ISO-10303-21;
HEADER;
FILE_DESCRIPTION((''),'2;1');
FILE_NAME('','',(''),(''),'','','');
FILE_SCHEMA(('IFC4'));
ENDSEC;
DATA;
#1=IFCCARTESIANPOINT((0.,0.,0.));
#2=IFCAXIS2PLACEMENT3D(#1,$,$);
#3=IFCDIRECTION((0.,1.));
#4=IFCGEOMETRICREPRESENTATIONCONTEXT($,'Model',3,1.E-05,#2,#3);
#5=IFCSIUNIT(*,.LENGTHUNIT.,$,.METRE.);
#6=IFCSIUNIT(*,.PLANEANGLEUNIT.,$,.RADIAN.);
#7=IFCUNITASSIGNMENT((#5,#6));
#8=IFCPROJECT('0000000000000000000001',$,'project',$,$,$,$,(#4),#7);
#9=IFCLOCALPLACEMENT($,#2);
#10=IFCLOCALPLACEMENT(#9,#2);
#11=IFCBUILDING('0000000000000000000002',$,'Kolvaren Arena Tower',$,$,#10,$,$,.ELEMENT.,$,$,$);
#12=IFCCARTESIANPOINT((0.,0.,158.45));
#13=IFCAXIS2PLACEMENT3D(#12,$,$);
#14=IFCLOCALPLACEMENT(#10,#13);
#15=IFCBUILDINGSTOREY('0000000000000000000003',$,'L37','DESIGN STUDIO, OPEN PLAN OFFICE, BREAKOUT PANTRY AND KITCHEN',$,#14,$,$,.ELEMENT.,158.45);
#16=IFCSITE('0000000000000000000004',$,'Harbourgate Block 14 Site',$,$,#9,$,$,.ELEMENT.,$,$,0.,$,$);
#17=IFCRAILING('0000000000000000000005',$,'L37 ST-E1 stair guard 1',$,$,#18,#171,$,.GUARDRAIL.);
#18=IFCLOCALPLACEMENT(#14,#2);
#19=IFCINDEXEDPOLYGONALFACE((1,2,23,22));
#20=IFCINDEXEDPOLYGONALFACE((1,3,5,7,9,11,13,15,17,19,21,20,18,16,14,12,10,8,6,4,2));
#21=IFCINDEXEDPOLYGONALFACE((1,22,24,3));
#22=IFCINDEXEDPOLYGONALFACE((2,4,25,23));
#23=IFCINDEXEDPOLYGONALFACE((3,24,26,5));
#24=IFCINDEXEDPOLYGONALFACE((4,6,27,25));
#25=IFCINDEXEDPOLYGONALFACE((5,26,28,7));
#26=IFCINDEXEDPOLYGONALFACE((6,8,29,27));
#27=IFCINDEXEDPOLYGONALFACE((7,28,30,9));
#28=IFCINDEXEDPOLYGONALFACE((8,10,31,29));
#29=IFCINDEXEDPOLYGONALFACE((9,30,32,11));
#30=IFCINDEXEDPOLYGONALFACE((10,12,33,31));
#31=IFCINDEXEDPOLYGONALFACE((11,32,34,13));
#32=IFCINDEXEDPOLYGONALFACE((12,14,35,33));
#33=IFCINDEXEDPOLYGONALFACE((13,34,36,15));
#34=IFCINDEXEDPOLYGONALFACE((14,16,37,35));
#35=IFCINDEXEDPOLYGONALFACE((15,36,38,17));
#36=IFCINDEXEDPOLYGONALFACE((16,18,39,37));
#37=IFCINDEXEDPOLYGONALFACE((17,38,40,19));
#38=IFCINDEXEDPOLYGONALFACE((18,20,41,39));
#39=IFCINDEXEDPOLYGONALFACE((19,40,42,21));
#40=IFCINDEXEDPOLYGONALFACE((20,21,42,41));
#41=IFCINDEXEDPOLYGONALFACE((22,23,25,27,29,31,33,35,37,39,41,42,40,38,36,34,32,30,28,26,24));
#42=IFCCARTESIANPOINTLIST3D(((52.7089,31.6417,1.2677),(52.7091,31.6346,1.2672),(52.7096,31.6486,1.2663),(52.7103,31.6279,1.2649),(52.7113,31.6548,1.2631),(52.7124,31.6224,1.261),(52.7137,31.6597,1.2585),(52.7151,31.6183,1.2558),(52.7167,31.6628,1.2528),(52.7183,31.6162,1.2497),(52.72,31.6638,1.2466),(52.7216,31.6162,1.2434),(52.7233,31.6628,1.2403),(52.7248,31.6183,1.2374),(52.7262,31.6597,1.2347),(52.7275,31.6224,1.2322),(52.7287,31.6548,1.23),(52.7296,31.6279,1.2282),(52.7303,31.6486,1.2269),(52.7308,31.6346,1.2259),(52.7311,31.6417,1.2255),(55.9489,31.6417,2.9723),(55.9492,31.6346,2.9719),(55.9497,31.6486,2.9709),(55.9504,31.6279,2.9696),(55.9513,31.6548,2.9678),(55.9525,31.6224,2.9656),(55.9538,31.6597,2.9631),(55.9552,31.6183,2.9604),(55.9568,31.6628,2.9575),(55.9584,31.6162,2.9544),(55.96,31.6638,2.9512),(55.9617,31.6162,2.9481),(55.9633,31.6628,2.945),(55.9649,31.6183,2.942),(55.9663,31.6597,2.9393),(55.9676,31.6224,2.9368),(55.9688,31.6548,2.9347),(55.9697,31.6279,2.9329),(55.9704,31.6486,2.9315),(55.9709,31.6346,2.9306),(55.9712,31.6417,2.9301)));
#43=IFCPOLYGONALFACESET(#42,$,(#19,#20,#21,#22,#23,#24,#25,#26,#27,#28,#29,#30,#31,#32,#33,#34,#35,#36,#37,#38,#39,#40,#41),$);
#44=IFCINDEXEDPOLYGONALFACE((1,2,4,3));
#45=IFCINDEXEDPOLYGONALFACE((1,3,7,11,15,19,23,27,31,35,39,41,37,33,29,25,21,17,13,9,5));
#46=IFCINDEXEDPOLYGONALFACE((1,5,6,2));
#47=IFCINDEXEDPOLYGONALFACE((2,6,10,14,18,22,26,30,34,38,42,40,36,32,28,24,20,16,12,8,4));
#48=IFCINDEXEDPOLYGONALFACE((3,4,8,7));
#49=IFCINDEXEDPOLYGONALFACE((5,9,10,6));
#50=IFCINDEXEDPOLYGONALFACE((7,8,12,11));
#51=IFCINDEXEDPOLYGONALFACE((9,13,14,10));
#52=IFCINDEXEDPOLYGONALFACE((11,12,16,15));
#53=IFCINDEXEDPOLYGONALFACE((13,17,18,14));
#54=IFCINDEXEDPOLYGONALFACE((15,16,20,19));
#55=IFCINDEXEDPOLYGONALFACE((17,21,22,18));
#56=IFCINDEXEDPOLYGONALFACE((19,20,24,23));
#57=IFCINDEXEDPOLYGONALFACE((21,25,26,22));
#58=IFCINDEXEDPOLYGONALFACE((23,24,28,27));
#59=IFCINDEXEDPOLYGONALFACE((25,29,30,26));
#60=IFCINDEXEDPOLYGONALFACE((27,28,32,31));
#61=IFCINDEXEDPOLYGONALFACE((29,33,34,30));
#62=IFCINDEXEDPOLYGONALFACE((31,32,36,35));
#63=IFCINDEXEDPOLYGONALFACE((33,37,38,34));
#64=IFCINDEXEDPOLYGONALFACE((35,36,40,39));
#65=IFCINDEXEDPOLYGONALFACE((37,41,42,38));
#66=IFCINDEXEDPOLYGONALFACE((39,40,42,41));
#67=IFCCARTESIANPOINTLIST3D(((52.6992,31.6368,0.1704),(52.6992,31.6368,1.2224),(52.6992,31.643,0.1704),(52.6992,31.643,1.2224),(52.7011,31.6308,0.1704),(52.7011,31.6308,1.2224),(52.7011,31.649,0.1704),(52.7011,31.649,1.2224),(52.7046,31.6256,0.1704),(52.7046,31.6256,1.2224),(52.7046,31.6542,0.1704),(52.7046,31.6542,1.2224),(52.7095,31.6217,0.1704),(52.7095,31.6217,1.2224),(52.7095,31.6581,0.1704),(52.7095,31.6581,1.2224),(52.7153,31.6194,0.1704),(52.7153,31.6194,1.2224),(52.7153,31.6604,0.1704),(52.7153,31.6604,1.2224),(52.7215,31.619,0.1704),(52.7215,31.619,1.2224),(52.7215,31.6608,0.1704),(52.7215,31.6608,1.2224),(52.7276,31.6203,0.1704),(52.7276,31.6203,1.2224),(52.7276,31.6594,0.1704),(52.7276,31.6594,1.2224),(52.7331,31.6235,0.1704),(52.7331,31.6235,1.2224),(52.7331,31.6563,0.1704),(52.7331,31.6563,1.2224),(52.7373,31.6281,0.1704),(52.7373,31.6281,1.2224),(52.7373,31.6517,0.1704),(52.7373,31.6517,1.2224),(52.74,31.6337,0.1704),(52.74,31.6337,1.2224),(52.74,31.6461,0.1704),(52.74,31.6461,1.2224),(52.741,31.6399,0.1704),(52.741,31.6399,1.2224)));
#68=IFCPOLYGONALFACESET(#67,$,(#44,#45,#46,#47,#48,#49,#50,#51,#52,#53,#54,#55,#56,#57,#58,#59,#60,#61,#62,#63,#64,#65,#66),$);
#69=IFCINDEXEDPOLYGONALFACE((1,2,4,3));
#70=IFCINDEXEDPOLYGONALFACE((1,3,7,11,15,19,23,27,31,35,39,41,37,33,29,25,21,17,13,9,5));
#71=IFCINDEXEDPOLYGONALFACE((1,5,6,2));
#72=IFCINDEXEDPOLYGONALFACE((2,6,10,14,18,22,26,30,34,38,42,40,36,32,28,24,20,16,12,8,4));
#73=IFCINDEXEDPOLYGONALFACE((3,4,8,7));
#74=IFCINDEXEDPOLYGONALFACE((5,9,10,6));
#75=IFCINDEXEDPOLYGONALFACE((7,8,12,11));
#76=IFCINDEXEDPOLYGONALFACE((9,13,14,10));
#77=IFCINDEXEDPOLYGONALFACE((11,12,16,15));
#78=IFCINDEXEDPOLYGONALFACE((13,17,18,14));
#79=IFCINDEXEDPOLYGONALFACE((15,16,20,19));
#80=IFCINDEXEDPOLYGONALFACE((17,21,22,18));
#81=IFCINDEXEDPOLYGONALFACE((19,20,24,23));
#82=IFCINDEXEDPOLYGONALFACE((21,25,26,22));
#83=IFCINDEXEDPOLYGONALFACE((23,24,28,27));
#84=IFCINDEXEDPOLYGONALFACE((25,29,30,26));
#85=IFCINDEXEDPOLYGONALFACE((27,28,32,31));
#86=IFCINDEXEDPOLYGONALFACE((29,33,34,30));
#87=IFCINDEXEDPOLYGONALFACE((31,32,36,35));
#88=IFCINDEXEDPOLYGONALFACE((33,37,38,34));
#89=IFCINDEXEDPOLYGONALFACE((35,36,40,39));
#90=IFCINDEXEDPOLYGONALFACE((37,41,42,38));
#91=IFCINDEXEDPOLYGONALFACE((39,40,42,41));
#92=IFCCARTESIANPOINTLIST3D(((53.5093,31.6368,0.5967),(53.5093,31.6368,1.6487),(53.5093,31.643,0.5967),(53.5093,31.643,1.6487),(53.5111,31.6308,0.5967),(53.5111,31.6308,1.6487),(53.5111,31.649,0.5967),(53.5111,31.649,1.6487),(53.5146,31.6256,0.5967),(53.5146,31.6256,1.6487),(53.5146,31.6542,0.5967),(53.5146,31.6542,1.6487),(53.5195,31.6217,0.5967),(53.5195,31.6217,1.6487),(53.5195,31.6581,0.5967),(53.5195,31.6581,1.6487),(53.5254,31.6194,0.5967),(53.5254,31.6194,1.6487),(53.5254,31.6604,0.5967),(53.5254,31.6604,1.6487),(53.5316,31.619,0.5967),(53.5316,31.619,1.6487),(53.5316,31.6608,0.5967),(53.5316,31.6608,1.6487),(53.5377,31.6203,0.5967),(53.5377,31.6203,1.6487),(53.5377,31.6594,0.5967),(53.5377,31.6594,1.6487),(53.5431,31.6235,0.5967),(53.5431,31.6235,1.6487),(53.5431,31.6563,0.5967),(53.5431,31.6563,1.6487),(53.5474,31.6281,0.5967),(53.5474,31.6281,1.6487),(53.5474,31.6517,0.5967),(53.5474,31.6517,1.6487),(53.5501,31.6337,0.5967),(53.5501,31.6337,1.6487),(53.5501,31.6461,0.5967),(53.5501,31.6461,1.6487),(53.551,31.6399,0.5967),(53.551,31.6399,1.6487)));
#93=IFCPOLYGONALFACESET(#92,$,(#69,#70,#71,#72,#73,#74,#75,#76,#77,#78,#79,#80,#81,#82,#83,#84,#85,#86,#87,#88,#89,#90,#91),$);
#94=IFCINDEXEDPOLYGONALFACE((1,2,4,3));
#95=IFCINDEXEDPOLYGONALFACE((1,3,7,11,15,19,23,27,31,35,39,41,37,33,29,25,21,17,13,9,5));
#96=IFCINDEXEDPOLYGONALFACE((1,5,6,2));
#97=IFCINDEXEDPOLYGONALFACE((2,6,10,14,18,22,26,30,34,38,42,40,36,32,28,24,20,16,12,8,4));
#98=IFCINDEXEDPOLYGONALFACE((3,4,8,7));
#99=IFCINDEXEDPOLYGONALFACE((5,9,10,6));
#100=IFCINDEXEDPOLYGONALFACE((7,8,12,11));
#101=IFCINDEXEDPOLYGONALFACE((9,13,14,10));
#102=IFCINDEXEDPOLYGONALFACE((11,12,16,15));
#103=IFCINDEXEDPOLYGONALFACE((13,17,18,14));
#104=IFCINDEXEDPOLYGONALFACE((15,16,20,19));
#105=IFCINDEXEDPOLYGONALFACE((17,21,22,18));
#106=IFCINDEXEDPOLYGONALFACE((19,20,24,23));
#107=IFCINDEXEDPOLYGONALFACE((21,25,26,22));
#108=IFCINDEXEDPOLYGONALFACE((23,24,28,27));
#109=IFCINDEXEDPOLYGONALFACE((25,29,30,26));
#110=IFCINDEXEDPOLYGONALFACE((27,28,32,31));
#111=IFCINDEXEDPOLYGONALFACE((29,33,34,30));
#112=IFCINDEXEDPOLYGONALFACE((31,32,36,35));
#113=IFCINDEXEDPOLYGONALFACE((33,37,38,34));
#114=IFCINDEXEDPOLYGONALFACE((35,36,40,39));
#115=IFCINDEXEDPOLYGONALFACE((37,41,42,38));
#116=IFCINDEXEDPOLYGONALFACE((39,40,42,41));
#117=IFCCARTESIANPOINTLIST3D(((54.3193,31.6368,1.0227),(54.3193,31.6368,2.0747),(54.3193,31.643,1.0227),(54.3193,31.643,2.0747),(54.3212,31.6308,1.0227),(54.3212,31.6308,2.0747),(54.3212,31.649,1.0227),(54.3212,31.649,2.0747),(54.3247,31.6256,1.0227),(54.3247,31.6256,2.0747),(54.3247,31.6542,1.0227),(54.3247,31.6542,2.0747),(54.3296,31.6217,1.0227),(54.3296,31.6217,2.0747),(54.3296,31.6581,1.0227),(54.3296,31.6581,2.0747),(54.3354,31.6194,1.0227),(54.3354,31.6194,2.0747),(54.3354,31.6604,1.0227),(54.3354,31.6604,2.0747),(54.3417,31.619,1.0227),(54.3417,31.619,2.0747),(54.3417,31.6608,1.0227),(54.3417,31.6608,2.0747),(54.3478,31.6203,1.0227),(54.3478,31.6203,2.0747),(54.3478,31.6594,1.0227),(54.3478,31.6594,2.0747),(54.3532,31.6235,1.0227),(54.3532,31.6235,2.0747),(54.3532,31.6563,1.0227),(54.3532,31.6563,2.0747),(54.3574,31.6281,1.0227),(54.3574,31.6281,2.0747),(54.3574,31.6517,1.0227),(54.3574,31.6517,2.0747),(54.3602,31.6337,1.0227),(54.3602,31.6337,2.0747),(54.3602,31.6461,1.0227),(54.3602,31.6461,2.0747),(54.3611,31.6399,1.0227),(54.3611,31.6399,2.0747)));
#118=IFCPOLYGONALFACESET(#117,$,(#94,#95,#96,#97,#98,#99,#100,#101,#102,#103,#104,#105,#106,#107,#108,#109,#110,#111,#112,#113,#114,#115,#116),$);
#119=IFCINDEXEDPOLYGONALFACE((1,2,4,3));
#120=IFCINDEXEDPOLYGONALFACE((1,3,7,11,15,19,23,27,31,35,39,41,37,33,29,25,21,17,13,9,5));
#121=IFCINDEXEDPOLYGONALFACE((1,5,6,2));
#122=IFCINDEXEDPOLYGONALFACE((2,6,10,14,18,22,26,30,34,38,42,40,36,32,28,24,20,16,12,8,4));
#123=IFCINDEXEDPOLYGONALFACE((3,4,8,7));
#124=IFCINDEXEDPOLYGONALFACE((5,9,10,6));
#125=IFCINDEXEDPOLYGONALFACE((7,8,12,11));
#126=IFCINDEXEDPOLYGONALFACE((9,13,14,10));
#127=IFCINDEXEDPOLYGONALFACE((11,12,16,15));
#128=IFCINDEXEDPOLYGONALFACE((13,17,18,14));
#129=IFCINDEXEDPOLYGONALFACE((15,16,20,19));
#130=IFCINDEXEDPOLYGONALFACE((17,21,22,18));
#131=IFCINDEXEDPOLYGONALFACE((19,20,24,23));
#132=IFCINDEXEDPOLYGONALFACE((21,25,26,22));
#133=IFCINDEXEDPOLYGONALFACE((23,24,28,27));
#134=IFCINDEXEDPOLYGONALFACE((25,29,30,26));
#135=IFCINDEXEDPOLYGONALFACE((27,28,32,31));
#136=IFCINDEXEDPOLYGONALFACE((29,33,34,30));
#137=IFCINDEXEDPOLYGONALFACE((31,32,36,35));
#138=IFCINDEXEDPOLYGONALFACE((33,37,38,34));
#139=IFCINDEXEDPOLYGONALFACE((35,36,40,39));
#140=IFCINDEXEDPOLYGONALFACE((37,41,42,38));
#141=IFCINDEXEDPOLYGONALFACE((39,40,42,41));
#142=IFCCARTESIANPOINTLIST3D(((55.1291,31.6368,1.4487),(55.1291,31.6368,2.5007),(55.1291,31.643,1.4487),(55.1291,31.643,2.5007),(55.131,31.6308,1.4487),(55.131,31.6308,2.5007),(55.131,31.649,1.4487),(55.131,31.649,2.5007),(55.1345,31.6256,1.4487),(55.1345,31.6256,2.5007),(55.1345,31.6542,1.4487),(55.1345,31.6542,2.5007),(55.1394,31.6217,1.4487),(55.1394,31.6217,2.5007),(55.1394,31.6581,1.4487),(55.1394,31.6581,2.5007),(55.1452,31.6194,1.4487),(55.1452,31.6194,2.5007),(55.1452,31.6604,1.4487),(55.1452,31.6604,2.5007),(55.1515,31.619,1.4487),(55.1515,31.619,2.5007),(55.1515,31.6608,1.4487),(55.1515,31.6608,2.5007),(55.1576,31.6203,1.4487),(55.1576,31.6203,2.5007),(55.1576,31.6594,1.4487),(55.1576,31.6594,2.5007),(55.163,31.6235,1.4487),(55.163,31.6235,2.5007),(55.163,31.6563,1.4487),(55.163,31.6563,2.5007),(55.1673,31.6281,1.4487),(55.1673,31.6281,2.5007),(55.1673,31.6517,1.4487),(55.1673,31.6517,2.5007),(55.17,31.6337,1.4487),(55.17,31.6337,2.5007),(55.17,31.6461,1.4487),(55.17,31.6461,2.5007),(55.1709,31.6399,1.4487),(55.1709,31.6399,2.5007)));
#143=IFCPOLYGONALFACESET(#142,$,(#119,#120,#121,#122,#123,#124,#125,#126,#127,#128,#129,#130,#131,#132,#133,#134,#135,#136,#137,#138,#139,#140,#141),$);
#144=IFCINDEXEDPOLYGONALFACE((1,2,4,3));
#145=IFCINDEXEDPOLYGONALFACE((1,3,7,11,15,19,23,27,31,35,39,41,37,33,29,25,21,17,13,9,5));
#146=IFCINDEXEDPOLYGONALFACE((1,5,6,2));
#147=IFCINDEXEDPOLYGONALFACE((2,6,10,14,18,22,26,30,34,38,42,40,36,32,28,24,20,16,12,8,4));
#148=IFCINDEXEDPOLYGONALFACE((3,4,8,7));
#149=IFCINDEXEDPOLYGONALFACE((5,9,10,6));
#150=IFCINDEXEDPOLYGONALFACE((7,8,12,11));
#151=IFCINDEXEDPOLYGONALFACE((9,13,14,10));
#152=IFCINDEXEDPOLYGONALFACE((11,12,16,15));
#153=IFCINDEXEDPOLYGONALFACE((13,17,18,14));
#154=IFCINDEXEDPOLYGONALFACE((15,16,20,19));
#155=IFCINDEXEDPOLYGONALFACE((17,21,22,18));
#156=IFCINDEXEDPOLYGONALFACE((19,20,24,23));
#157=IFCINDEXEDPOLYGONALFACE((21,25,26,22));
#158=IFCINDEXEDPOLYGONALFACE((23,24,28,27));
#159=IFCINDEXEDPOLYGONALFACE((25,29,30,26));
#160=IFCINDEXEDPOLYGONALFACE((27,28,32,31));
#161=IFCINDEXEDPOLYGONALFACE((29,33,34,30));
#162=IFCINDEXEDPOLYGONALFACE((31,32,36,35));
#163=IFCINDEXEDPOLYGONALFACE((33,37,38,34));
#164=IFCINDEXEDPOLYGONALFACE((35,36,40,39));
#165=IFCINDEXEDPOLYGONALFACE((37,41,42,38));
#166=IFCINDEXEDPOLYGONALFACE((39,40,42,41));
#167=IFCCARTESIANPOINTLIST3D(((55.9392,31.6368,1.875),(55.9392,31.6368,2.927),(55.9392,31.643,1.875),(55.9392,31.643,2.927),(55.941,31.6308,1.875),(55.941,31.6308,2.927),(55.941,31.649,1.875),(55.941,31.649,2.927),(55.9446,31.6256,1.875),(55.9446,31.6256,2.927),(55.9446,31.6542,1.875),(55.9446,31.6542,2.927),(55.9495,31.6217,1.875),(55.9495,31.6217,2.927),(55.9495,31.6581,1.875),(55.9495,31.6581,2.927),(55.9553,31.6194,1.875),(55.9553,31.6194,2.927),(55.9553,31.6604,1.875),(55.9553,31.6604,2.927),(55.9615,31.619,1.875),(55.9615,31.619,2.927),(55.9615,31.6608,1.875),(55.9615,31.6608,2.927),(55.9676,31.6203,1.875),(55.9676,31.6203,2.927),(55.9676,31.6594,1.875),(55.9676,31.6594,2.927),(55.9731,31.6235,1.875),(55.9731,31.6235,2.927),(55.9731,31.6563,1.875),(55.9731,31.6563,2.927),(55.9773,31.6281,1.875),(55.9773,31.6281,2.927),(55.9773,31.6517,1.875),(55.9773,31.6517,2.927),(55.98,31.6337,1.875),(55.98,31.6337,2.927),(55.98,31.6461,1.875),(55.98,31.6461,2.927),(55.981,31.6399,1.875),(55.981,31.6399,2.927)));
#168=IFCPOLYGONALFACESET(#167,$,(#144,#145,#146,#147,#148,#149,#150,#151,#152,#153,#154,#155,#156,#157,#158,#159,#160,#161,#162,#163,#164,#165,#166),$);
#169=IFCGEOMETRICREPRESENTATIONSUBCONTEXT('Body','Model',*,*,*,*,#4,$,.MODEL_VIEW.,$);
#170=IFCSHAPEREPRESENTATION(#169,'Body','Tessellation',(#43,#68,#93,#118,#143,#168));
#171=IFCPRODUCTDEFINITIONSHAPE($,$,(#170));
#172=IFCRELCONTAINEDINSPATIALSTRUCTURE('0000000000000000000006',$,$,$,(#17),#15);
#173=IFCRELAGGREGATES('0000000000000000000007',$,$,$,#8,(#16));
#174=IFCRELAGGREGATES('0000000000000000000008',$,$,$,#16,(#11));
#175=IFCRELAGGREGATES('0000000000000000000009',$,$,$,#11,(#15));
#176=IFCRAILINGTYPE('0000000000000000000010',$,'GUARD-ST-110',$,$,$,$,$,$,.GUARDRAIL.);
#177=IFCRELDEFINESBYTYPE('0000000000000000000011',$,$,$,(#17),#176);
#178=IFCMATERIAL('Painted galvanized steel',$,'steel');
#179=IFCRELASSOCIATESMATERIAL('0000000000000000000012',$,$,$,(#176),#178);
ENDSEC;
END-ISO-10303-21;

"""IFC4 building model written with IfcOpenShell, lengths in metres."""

from ifc_helpers import new_model, si_unit, direction, frame, origin, origin_2d, place, context, subcontext, project, spatial, circle, extrude, material, type_object, element, save


model = new_model("IFC4")

# Units and contexts
model_context = context("Model", 3, precision=1e-05, world=origin(), true_north=direction((0.0, 1.0)))
body_context = subcontext(model_context, "Body", "Model", "MODEL_VIEW")
ifc_project = project(units=[si_unit("LENGTHUNIT", "METRE"), si_unit("PLANEANGLEUNIT", "RADIAN")], contexts=[model_context])

# Site, building, storey
site_placement = place(None, origin())
site = spatial("IfcSite", under=ifc_project, at=site_placement, Name="Harbourgate Block 14 Site", CompositionType="ELEMENT", RefElevation=0.0)
building_placement = place(site_placement, origin())
building = spatial("IfcBuilding", under=site, at=building_placement, Name="Kolvaren Arena Tower", CompositionType="ELEMENT")
storey_placement = place(building_placement, frame((0.0, 0.0, 158.45)))
storey = spatial("IfcBuildingStorey", under=building, at=storey_placement, Name="L37", Description="DESIGN STUDIO, OPEN PLAN OFFICE, BREAKOUT PANTRY AND KITCHEN", CompositionType="ELEMENT", Elevation=158.45)

# Railing
ifc_material_1 = material(Name="Painted galvanized steel", Category="steel")
railing_type_1 = type_object("IfcRailingType", Name="GUARD-ST-110", PredefinedType="GUARDRAIL", material=ifc_material_1)
railing_1_placement = place(storey_placement, frame((52.72, 31.6399, 0.1704)))
element("IfcRailing", 1, at=railing_1_placement, inside=storey, type_object=railing_type_1, Name="L37 ST-E1 stair guard 1", PredefinedType="GUARDRAIL", context=body_context, shape_type="SweptSolid", body=[
    extrude(circle(Radius=0.0239, at=origin_2d()), frame((0.0, 0.0, 1.0762), z_axis=(0.884993, 0.0, 0.465604), x_axis=(0.0, 1.0, 0.0)), (0.0, 0.0, 1.0), 3.6611),
    extrude(circle(Radius=0.021, at=origin_2d()), origin(), (0.0, 0.0, 1.0), 1.052),
    extrude(circle(Radius=0.021, at=origin_2d()), frame((0.8101, 0.0, 0.4263)), (0.0, 0.0, 1.0), 1.052),
    extrude(circle(Radius=0.021, at=origin_2d()), frame((1.6201, 0.0, 0.8523)), (0.0, 0.0, 1.0), 1.052),
    extrude(circle(Radius=0.021, at=origin_2d()), frame((2.4299, 0.0, 1.2783)), (0.0, 0.0, 1.0), 1.052),
    extrude(circle(Radius=0.021, at=origin_2d()), frame((3.24, 0.0, 1.7046)), (0.0, 0.0, 1.0), 1.052),
])

save(model, "model.ifc")
